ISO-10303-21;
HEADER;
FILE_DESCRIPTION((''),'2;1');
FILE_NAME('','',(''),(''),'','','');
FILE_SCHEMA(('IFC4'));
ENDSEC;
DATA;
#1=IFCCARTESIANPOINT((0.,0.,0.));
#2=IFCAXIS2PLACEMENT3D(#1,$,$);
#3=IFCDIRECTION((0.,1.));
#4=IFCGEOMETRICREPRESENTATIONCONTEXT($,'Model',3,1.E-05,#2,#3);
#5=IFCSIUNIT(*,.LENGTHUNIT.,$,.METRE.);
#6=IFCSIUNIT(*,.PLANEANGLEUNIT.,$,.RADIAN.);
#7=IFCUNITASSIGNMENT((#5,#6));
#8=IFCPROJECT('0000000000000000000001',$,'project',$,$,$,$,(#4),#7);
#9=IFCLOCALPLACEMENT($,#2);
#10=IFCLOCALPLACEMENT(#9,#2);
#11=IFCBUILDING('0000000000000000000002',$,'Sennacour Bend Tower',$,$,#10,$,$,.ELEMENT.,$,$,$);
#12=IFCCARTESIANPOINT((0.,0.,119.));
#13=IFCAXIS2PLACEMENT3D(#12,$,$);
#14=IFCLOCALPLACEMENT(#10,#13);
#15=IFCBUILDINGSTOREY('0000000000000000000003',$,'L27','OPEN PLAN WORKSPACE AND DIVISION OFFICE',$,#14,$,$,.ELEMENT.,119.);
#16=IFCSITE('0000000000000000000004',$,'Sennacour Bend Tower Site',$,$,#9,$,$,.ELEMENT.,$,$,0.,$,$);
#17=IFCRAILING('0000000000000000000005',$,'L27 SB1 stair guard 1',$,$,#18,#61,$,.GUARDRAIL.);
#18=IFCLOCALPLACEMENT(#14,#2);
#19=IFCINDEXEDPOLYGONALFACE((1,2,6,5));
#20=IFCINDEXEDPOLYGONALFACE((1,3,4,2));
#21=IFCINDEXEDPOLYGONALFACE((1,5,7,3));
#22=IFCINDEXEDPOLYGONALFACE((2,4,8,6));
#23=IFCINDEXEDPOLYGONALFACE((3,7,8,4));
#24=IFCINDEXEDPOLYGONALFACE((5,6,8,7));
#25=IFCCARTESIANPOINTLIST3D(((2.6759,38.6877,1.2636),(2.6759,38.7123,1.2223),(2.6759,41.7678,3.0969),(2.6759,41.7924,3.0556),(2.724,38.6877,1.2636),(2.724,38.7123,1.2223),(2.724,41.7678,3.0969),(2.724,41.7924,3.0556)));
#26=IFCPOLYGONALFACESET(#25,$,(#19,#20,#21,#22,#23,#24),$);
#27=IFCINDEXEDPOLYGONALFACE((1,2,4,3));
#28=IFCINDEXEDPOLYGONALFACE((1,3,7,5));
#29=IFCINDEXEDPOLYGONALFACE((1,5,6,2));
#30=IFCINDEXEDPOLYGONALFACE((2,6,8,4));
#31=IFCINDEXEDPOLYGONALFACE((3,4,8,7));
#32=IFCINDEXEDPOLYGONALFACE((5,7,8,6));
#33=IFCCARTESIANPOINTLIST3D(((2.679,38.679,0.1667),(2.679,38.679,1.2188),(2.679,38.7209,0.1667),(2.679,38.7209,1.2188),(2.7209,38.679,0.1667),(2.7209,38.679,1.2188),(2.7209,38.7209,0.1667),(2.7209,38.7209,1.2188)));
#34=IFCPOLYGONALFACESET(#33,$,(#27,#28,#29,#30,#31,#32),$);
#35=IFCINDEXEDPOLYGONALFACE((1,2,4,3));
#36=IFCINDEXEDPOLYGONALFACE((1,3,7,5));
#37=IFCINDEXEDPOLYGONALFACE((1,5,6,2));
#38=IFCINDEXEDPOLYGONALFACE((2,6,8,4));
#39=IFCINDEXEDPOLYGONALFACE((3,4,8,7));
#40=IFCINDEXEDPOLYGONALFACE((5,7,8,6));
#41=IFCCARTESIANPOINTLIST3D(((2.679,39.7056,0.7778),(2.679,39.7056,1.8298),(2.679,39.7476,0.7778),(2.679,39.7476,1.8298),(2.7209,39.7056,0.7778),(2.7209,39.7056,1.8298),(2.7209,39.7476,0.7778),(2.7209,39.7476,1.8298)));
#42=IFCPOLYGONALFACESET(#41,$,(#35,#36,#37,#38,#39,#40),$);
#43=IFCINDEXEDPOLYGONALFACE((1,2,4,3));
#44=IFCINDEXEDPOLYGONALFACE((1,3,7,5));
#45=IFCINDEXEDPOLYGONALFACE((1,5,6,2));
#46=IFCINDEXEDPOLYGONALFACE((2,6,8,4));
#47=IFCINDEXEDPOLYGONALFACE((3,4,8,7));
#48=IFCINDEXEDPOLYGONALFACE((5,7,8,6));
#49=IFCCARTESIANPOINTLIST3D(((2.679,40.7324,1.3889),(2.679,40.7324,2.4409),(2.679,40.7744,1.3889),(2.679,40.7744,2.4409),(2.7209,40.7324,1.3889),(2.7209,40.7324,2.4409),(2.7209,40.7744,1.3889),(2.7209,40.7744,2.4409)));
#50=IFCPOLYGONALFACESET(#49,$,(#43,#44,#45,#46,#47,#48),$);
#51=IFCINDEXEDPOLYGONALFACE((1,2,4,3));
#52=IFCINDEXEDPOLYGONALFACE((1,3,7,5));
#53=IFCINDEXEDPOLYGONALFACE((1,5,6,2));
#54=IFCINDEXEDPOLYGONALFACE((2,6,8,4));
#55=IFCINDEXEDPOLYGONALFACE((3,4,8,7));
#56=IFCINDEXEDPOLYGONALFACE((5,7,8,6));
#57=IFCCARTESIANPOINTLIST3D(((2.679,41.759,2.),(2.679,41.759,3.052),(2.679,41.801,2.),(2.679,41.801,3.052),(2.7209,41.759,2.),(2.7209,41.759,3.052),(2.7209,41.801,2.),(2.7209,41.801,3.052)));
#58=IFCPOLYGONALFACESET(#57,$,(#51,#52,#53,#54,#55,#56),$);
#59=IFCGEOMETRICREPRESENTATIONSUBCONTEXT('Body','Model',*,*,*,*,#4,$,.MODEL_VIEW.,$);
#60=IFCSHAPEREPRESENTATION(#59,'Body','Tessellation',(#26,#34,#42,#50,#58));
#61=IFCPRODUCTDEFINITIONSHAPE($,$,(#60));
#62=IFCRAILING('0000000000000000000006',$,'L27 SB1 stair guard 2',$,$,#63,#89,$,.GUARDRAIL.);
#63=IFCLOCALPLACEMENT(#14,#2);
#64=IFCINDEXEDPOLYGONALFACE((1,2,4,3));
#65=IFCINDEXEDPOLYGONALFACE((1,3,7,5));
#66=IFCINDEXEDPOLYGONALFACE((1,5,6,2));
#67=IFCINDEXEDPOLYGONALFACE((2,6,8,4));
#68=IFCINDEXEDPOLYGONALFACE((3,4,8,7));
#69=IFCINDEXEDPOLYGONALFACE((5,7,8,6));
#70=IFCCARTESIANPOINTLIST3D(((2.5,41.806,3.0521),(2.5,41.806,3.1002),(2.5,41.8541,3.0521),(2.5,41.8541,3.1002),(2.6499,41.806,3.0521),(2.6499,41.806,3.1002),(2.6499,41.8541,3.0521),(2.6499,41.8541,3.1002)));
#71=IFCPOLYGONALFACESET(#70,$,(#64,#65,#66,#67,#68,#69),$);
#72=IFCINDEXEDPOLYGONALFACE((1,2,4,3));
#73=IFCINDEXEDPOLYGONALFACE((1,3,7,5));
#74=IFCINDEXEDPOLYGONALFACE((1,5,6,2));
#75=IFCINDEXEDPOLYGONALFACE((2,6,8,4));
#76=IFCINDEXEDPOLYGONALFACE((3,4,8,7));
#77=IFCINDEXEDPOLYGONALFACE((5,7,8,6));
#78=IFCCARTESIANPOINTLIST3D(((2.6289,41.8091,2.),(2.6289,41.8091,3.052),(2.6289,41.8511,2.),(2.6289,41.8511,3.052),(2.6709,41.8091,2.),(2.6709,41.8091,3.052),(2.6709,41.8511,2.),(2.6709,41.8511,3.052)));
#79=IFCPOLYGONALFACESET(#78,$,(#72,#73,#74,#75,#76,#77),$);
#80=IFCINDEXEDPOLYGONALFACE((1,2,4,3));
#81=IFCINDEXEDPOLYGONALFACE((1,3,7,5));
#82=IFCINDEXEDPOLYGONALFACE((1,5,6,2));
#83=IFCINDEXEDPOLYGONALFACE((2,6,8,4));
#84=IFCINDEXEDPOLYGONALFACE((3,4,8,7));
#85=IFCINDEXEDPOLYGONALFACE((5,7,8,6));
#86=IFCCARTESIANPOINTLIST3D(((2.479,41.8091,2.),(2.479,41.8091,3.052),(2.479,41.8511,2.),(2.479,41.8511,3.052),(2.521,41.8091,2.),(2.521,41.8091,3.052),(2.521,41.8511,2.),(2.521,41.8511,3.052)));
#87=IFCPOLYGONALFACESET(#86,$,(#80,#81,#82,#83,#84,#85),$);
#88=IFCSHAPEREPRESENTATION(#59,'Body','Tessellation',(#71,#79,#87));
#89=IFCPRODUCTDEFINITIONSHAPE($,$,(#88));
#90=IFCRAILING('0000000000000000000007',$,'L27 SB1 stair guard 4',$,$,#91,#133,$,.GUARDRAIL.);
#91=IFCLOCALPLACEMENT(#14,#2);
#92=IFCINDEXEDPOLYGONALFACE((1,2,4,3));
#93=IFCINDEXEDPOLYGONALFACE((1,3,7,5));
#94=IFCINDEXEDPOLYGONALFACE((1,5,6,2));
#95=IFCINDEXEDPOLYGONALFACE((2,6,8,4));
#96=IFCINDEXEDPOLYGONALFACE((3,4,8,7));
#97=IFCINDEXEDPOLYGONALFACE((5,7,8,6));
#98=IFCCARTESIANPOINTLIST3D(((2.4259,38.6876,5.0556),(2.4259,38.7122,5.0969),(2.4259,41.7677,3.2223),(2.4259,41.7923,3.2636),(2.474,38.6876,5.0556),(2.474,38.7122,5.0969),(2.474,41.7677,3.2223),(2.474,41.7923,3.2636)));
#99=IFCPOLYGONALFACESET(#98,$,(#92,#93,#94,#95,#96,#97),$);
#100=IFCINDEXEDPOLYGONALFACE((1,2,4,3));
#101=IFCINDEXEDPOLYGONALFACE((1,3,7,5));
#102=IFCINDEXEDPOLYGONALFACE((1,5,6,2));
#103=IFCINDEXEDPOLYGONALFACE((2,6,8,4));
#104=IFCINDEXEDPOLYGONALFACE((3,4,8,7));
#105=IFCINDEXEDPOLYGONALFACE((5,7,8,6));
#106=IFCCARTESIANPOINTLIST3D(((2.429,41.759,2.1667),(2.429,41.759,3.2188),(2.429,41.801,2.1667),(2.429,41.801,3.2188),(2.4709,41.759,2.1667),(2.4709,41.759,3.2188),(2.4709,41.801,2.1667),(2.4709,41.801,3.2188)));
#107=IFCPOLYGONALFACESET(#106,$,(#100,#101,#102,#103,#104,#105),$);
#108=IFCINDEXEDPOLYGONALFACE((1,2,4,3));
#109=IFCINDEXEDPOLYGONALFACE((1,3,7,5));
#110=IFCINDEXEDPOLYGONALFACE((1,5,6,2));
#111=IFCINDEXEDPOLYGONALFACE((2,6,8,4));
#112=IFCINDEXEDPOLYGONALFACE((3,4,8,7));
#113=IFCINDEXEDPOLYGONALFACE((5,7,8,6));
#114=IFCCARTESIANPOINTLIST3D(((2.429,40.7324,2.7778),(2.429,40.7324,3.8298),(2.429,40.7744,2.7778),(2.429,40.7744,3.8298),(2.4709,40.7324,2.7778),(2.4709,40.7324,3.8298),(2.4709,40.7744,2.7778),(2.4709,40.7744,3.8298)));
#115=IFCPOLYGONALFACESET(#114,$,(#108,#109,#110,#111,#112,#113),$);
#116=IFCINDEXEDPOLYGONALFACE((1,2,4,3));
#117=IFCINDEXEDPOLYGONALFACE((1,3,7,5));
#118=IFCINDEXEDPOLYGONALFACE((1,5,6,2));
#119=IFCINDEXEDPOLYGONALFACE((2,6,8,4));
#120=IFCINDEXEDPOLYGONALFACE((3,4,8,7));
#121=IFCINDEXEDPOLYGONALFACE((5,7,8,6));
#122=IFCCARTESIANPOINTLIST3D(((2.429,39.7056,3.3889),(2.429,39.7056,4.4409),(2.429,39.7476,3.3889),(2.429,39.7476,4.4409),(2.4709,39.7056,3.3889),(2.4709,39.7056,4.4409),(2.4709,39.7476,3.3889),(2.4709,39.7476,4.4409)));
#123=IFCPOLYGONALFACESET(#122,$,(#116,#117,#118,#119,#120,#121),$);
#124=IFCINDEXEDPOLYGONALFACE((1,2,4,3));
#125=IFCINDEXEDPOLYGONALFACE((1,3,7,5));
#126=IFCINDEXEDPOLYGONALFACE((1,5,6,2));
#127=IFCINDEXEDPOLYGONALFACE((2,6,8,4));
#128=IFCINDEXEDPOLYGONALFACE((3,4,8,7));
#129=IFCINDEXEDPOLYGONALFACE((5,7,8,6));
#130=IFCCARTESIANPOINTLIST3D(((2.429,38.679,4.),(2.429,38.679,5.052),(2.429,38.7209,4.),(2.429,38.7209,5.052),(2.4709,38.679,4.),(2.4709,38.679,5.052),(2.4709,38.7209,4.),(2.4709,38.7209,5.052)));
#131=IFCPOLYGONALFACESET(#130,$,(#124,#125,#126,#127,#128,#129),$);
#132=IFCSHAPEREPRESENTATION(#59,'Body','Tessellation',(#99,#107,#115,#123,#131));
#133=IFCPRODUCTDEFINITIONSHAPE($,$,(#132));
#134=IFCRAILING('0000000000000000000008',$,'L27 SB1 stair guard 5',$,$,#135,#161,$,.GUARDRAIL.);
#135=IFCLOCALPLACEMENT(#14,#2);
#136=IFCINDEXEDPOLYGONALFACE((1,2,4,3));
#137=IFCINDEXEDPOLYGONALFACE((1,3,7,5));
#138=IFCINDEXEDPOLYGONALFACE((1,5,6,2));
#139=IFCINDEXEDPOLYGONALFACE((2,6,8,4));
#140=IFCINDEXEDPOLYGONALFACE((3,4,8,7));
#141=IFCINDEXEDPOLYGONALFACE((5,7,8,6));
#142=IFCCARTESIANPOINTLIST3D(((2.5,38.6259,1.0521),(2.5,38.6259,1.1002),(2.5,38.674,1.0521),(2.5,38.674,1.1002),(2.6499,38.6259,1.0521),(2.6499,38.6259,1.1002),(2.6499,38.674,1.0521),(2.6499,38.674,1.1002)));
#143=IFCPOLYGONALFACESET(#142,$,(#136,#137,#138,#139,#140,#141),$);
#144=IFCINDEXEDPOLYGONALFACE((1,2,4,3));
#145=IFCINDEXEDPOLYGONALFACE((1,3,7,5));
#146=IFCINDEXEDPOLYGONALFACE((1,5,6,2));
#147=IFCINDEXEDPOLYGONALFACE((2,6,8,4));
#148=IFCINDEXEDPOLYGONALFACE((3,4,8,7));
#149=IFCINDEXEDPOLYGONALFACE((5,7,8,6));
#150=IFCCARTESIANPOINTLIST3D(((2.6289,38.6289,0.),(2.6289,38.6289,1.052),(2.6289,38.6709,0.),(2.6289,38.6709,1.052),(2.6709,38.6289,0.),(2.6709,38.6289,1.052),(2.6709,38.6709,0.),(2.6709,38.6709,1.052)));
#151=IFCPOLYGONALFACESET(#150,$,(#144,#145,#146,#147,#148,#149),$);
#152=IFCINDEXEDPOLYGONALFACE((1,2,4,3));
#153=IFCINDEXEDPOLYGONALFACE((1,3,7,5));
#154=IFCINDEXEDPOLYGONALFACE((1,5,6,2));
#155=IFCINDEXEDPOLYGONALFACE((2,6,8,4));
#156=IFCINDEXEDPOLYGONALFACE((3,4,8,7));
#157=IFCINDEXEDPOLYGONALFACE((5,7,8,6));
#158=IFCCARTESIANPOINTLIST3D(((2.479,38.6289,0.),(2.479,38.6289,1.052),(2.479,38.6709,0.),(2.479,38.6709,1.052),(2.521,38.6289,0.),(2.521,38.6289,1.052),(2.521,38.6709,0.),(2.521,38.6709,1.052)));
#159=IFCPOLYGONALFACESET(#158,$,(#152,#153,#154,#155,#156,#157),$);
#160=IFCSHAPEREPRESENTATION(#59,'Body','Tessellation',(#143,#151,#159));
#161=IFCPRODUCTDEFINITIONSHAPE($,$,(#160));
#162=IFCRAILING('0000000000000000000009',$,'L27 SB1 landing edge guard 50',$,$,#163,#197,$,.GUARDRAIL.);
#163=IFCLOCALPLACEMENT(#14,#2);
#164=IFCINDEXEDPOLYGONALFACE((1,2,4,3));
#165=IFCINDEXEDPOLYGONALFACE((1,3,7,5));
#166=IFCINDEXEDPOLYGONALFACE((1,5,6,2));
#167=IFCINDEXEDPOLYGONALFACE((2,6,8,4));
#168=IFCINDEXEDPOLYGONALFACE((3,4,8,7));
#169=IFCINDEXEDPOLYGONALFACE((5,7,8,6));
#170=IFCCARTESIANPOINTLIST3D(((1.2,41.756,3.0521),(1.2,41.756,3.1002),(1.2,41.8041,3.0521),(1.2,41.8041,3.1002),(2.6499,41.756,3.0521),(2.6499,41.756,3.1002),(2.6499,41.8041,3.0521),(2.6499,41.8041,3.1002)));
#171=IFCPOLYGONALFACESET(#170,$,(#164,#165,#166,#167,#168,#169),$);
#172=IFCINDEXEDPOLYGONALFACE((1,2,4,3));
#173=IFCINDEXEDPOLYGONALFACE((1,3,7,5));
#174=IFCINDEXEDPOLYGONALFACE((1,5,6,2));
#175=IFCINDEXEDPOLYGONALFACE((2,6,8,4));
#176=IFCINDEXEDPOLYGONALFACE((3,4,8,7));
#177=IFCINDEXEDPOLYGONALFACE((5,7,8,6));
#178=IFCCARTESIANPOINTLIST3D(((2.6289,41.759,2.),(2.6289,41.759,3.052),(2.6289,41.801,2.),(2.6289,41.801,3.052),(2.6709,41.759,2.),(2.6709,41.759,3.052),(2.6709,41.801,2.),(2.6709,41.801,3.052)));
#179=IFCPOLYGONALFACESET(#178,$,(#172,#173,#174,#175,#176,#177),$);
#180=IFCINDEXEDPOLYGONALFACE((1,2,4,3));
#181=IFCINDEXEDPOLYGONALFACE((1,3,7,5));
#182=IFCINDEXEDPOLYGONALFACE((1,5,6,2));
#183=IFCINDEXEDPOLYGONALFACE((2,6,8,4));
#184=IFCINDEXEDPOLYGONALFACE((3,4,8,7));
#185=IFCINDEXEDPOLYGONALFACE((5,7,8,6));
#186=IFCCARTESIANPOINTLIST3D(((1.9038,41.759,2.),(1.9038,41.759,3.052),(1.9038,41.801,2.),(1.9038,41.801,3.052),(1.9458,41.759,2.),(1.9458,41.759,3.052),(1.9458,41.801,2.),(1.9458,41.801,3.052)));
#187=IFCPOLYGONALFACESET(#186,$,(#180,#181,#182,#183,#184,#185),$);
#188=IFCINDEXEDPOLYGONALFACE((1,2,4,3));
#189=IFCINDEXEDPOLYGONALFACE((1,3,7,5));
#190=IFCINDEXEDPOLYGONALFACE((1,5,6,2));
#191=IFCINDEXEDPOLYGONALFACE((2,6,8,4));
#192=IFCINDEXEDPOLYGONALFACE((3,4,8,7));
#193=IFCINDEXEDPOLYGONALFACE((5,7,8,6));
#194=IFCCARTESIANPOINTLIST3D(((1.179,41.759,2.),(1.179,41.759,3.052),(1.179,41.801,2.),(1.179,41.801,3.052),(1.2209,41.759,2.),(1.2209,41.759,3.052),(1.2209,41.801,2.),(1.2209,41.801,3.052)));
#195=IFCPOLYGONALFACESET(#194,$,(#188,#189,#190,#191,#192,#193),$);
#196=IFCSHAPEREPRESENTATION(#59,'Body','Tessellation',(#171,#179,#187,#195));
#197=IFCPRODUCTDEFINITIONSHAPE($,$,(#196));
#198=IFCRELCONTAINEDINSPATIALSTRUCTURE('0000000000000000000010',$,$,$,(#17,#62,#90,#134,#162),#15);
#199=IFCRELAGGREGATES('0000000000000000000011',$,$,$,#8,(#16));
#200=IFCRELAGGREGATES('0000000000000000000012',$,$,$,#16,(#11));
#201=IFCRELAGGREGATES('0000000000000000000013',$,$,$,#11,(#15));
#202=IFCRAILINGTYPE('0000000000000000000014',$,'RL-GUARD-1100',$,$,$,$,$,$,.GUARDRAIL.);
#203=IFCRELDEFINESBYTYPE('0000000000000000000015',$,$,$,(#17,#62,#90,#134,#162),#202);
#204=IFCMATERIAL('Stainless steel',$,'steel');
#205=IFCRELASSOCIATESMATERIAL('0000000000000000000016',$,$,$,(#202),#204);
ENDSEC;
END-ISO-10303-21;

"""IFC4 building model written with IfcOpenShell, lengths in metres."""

from ifc_helpers import new_model, si_unit, direction, frame, origin, origin_2d, place, context, subcontext, project, spatial, rectangle, extrude, material, type_object, element, save


model = new_model("IFC4")

# Units and contexts
model_context = context("Model", 3, precision=1e-05, world=origin(), true_north=direction((0.0, 1.0)))
body_context = subcontext(model_context, "Body", "Model", "MODEL_VIEW")
ifc_project = project(units=[si_unit("LENGTHUNIT", "METRE"), si_unit("PLANEANGLEUNIT", "RADIAN")], contexts=[model_context])

# Site, building, storey
site_placement = place(None, origin())
site = spatial("IfcSite", under=ifc_project, at=site_placement, Name="Sennacour Bend Tower Site", CompositionType="ELEMENT", RefElevation=0.0)
building_placement = place(site_placement, origin())
building = spatial("IfcBuilding", under=site, at=building_placement, Name="Sennacour Bend Tower", CompositionType="ELEMENT")
storey_placement = place(building_placement, frame((0.0, 0.0, 119.0)))
storey = spatial("IfcBuildingStorey", under=building, at=storey_placement, Name="L27", Description="OPEN PLAN WORKSPACE AND DIVISION OFFICE", CompositionType="ELEMENT", Elevation=119.0)

# Railings
ifc_material_1 = material(Name="Stainless steel", Category="steel")
railing_type_1 = type_object("IfcRailingType", Name="RL-GUARD-1100", PredefinedType="GUARDRAIL", material=ifc_material_1)
railing_1_placement = place(storey_placement, frame((2.7, 38.7, 0.1667)))
element("IfcRailing", 1, at=railing_1_placement, inside=storey, type_object=railing_type_1, Name="L27 SB1 stair guard 1", PredefinedType="GUARDRAIL", context=body_context, shape_type="SweptSolid", body=[
    extrude(rectangle(XDim=0.0481, YDim=0.0481, at=origin_2d()), frame((0.0, 0.0, 1.0762), z_axis=(0.0, 0.859309, 0.511458), x_axis=(-1.0, 0.0, 0.0)), (0.0, 0.0, 1.0), 3.5845),
    extrude(rectangle(XDim=0.042, YDim=0.042, at=origin_2d()), origin(), (0.0, 0.0, 1.0), 1.052),
    extrude(rectangle(XDim=0.042, YDim=0.042, at=origin_2d()), frame((0.0, 1.0266, 0.6111)), (0.0, 0.0, 1.0), 1.052),
    extrude(rectangle(XDim=0.042, YDim=0.042, at=origin_2d()), frame((0.0, 2.0535, 1.2222)), (0.0, 0.0, 1.0), 1.052),
    extrude(rectangle(XDim=0.042, YDim=0.042, at=origin_2d()), frame((0.0, 3.0801, 1.8333)), (0.0, 0.0, 1.0), 1.052),
])
railing_2_placement = place(storey_placement, frame((2.6499, 41.8301, 2.0)))
element("IfcRailing", 2, at=railing_2_placement, inside=storey, type_object=railing_type_1, Name="L27 SB1 stair guard 2", PredefinedType="GUARDRAIL", context=body_context, shape_type="SweptSolid", body=[
    extrude(rectangle(XDim=0.0481, YDim=0.0481, at=origin_2d()), frame((0.0, 0.0, 1.0762), z_axis=(-1.0, 0.0, 0.0), x_axis=(0.0, -1.0, 0.0)), (0.0, 0.0, 1.0), 0.1499),
    extrude(rectangle(XDim=0.042, YDim=0.042, at=origin_2d()), origin(), (0.0, 0.0, 1.0), 1.052),
    extrude(rectangle(XDim=0.042, YDim=0.042, at=origin_2d()), frame((-0.1499, 0.0, 0.0)), (0.0, 0.0, 1.0), 1.052),
])
railing_3_placement = place(storey_placement, frame((2.45, 41.78, 2.1667)))
element("IfcRailing", 3, at=railing_3_placement, inside=storey, type_object=railing_type_1, Name="L27 SB1 stair guard 4", PredefinedType="GUARDRAIL", context=body_context, shape_type="SweptSolid", body=[
    extrude(rectangle(XDim=0.0481, YDim=0.0481, at=origin_2d()), frame((0.0, 0.0, 1.0762), z_axis=(0.0, -0.859309, 0.511458), x_axis=(1.0, 0.0, 0.0)), (0.0, 0.0, 1.0), 3.5845),
    extrude(rectangle(XDim=0.042, YDim=0.042, at=origin_2d()), origin(), (0.0, 0.0, 1.0), 1.052),
    extrude(rectangle(XDim=0.042, YDim=0.042, at=origin_2d()), frame((0.0, -1.0266, 0.6111)), (0.0, 0.0, 1.0), 1.052),
    extrude(rectangle(XDim=0.042, YDim=0.042, at=origin_2d()), frame((0.0, -2.0535, 1.2222)), (0.0, 0.0, 1.0), 1.052),
    extrude(rectangle(XDim=0.042, YDim=0.042, at=origin_2d()), frame((0.0, -3.0801, 1.8333)), (0.0, 0.0, 1.0), 1.052),
])
railing_4_placement = place(storey_placement, frame((2.6499, 38.6499, 0.0)))
element("IfcRailing", 4, at=railing_4_placement, inside=storey, type_object=railing_type_1, Name="L27 SB1 stair guard 5", PredefinedType="GUARDRAIL", context=body_context, shape_type="SweptSolid", body=[
    extrude(rectangle(XDim=0.0481, YDim=0.0481, at=origin_2d()), frame((0.0, 0.0, 1.0762), z_axis=(-1.0, 0.0, 0.0), x_axis=(0.0, -1.0, 0.0)), (0.0, 0.0, 1.0), 0.1499),
    extrude(rectangle(XDim=0.042, YDim=0.042, at=origin_2d()), origin(), (0.0, 0.0, 1.0), 1.052),
    extrude(rectangle(XDim=0.042, YDim=0.042, at=origin_2d()), frame((-0.1499, 0.0, 0.0)), (0.0, 0.0, 1.0), 1.052),
])
railing_5_placement = place(storey_placement, frame((2.6499, 41.78, 2.0)))
element("IfcRailing", 5, at=railing_5_placement, inside=storey, type_object=railing_type_1, Name="L27 SB1 landing edge guard 50", PredefinedType="GUARDRAIL", context=body_context, shape_type="SweptSolid", body=[
    extrude(rectangle(XDim=0.0481, YDim=0.0481, at=origin_2d()), frame((0.0, 0.0, 1.0762), z_axis=(-1.0, 0.0, 0.0), x_axis=(0.0, -1.0, 0.0)), (0.0, 0.0, 1.0), 1.45),
    extrude(rectangle(XDim=0.042, YDim=0.042, at=origin_2d()), origin(), (0.0, 0.0, 1.0), 1.052),
    extrude(rectangle(XDim=0.042, YDim=0.042, at=origin_2d()), frame((-0.7251, 0.0, 0.0)), (0.0, 0.0, 1.0), 1.052),
    extrude(rectangle(XDim=0.042, YDim=0.042, at=origin_2d()), frame((-1.45, 0.0, 0.0)), (0.0, 0.0, 1.0), 1.052),
])

save(model, "model.ifc")
